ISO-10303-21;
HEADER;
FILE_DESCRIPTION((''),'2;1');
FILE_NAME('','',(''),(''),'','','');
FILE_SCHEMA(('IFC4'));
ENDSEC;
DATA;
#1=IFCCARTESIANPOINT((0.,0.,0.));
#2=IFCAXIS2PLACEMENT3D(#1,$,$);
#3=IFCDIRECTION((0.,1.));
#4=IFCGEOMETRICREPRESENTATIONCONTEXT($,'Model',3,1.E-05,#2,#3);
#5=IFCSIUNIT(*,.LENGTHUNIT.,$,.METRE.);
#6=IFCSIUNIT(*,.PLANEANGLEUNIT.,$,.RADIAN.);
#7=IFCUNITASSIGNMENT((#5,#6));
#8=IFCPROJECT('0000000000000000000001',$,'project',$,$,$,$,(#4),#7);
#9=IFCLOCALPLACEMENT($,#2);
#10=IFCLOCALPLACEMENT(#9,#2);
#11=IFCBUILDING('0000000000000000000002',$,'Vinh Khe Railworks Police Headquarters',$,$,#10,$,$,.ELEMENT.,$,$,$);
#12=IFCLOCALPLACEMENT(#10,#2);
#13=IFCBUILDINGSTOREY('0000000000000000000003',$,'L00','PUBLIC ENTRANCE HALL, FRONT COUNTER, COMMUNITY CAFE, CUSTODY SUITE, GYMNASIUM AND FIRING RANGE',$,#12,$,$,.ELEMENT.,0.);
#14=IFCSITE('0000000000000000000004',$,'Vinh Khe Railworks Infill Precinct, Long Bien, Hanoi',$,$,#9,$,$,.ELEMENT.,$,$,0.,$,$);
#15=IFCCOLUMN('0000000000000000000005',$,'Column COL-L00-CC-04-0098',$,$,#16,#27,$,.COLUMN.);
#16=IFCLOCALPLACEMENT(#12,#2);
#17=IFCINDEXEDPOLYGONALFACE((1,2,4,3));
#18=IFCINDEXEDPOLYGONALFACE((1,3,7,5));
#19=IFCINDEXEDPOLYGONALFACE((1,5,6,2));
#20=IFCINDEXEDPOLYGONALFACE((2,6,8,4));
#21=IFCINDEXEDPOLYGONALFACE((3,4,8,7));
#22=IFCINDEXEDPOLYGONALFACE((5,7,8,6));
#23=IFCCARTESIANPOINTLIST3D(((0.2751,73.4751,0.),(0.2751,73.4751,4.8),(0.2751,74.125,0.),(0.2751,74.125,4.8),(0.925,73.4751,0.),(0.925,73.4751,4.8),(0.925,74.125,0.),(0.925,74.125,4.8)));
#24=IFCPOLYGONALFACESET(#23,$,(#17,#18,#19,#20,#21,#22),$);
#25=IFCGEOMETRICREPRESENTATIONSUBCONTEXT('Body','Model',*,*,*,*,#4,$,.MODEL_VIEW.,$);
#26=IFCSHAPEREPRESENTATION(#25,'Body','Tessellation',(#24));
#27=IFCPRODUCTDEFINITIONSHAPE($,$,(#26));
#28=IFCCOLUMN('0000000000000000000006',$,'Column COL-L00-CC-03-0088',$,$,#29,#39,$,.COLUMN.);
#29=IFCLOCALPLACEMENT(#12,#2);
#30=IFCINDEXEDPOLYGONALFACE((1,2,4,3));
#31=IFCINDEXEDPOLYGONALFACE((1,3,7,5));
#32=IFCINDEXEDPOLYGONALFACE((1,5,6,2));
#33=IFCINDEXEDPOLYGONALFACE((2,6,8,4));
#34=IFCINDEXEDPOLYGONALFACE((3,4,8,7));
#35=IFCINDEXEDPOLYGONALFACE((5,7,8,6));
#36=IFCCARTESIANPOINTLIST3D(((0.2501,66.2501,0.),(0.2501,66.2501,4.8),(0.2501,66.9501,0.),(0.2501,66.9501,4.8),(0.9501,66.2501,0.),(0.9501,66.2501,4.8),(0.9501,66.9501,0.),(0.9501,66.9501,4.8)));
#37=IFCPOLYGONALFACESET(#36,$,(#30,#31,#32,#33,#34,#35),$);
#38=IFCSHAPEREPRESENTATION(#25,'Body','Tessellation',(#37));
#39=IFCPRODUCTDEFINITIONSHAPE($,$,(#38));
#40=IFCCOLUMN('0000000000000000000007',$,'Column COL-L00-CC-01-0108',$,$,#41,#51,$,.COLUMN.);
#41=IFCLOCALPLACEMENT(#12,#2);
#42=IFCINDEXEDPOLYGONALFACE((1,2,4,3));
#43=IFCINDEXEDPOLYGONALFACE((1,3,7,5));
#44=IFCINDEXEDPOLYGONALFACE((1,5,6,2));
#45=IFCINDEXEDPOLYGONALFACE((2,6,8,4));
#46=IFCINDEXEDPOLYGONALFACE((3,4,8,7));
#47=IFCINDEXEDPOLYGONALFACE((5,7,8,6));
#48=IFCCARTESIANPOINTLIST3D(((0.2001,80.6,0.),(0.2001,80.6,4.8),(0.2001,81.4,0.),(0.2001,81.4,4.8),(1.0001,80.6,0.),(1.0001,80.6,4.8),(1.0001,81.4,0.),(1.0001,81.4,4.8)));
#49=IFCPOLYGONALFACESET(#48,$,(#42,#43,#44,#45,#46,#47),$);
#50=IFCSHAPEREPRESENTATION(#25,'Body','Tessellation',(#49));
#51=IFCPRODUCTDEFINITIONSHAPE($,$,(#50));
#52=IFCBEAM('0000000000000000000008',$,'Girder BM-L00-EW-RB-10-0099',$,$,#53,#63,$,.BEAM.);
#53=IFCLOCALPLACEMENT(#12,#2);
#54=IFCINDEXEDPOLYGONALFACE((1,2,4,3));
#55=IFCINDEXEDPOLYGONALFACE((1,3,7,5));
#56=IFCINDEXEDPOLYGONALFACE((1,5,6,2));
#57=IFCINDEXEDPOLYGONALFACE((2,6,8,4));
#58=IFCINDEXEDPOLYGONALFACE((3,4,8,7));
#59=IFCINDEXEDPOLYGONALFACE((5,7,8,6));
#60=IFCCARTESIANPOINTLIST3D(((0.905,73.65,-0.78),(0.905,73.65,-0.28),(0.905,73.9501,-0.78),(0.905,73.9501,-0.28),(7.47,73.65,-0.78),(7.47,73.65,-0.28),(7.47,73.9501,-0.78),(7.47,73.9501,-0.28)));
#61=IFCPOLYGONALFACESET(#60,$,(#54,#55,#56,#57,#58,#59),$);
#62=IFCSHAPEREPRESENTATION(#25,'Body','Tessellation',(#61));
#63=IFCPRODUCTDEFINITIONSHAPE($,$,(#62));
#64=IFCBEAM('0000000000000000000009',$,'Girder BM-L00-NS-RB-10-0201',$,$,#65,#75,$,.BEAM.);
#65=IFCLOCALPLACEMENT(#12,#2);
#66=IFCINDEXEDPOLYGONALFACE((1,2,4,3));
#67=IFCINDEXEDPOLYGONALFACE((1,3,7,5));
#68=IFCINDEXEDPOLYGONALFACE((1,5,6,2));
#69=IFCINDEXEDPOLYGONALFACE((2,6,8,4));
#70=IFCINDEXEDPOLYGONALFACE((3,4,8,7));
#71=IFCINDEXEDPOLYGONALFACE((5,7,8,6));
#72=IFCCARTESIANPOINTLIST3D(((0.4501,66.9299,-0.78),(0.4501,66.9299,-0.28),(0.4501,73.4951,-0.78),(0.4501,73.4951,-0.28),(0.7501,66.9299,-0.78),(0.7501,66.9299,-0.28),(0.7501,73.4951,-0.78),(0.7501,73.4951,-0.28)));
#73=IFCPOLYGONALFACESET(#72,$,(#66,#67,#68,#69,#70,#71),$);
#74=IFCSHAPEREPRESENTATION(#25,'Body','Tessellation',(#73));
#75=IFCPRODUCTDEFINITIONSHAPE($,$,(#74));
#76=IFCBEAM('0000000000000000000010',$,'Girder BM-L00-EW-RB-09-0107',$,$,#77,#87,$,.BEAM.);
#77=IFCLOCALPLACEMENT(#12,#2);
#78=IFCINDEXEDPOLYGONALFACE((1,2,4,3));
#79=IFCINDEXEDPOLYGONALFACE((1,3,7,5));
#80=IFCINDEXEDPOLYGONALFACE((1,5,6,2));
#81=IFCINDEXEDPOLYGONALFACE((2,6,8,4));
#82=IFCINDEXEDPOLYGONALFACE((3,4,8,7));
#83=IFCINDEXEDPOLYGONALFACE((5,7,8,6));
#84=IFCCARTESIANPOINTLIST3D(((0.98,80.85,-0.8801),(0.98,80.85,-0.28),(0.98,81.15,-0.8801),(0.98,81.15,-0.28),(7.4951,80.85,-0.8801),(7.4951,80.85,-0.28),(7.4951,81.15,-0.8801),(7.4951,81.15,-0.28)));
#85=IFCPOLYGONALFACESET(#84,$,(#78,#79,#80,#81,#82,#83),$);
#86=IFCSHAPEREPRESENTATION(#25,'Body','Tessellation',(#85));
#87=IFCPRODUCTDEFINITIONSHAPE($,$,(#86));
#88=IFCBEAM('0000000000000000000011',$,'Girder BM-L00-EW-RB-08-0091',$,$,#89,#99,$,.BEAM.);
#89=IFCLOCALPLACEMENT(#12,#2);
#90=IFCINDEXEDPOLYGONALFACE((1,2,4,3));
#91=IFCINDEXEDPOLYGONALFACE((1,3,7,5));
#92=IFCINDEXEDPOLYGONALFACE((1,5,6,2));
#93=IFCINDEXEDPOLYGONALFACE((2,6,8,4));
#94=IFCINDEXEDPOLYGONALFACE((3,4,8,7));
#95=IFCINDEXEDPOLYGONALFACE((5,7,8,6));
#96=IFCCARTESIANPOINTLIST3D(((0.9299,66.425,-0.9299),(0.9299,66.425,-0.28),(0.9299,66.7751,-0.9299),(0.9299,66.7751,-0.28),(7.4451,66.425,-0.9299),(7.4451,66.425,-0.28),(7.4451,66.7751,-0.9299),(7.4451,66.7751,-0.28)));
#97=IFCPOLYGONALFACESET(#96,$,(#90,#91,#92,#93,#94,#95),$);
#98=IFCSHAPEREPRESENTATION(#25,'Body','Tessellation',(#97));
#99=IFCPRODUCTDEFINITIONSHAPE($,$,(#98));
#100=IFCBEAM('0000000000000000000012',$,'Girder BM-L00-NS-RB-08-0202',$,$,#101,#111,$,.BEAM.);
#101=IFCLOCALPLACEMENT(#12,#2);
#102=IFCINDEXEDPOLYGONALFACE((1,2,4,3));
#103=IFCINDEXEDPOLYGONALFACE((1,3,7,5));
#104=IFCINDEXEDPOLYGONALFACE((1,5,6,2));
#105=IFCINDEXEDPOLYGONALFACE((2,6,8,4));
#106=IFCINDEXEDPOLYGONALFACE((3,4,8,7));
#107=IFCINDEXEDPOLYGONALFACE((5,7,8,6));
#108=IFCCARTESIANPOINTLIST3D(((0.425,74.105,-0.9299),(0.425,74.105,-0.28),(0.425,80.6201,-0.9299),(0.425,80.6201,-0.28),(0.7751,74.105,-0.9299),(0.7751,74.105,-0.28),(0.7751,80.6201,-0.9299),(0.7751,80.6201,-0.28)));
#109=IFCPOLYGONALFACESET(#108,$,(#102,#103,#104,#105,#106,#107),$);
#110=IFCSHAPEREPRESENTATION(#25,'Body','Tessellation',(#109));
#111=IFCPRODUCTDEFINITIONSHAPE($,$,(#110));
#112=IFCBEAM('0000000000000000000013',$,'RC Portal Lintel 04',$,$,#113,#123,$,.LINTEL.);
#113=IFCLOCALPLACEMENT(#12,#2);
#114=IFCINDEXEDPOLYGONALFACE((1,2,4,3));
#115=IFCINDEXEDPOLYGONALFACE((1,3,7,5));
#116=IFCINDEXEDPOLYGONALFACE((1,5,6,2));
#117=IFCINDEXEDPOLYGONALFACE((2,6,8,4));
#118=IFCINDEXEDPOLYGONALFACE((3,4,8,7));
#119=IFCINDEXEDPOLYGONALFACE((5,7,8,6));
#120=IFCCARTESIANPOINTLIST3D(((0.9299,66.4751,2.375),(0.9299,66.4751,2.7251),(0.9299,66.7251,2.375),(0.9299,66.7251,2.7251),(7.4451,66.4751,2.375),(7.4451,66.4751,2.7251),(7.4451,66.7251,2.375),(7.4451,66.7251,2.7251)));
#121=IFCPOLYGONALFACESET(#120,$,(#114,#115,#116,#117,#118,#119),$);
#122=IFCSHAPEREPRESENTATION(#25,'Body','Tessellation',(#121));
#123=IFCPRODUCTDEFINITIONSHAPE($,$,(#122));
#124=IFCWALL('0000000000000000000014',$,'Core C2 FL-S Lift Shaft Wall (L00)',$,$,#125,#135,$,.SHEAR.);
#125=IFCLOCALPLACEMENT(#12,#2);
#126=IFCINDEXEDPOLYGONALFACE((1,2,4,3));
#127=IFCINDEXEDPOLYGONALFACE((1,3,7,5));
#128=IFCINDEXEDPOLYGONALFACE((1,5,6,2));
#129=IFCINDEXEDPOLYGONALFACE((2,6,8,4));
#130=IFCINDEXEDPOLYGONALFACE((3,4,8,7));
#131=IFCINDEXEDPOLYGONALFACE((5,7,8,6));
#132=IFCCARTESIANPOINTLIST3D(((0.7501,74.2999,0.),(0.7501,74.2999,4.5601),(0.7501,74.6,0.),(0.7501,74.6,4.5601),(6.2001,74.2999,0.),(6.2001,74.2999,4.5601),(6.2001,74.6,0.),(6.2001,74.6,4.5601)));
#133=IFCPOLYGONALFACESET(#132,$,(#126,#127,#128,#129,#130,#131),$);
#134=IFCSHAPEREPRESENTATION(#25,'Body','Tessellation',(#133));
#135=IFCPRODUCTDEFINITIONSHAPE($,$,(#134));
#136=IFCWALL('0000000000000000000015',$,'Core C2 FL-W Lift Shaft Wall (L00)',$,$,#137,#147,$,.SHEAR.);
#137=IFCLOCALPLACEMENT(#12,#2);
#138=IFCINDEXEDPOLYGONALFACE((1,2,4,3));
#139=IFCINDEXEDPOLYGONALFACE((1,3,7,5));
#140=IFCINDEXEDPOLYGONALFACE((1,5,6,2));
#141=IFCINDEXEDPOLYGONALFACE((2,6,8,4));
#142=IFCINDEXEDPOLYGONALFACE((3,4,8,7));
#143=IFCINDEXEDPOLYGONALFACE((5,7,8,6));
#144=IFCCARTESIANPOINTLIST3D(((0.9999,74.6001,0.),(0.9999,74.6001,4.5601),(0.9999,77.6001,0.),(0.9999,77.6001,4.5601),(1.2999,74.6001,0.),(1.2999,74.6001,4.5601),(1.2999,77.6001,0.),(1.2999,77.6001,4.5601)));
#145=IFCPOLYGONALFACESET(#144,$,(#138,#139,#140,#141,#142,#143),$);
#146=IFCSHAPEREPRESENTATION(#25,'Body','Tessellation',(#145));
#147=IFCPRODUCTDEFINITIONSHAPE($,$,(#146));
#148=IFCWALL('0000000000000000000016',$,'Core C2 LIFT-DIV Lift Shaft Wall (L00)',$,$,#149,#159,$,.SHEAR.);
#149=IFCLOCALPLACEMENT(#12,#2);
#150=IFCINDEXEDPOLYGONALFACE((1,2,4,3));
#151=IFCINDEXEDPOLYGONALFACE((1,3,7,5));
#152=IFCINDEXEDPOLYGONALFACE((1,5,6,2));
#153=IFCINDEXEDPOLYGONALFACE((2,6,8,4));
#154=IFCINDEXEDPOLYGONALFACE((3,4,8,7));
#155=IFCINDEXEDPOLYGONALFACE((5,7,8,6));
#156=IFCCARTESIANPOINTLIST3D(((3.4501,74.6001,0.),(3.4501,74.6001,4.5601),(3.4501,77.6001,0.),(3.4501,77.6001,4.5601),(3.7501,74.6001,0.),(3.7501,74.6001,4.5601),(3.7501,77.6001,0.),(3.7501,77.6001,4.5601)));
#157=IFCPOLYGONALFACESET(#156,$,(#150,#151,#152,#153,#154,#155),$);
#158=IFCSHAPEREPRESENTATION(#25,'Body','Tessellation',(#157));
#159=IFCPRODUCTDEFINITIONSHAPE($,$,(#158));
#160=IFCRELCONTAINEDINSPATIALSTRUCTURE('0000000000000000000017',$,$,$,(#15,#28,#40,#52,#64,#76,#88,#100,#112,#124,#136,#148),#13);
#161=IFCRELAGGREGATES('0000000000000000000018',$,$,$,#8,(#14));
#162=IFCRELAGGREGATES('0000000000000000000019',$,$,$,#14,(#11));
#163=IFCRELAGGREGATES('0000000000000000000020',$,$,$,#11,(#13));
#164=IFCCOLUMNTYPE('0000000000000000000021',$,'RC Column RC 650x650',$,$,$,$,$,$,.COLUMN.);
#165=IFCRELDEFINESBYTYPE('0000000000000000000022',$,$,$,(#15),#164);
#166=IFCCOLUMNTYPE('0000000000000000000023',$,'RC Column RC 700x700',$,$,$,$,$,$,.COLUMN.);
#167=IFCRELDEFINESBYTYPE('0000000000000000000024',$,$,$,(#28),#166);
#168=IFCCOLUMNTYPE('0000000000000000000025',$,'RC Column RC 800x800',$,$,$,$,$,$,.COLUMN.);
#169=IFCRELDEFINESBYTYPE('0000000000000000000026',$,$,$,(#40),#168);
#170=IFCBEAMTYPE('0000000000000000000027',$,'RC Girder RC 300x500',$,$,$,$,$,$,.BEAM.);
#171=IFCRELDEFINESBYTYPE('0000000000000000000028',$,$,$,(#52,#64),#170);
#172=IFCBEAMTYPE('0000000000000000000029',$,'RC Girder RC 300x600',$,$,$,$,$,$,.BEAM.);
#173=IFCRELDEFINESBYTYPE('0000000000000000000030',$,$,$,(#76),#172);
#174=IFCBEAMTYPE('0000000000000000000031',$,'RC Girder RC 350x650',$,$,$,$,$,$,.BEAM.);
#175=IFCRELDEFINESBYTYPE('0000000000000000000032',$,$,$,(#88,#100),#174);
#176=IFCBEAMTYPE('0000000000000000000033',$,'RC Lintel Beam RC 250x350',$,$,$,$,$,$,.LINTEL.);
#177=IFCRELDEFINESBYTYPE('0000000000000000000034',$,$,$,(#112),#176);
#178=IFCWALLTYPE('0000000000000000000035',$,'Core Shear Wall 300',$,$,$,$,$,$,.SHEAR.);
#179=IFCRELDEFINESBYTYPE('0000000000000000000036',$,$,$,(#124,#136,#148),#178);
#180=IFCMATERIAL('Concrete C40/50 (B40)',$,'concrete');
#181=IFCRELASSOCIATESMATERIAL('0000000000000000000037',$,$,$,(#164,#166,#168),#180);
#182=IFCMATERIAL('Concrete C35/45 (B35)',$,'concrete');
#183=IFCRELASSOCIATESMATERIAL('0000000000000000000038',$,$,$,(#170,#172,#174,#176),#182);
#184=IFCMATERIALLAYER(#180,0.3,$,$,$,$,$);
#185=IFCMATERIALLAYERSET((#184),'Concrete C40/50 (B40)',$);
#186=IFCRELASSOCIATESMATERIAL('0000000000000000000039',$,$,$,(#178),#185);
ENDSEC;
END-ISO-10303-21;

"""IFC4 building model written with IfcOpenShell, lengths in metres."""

from ifc_helpers import new_model, si_unit, direction, frame, frame_2d, origin, origin_2d, place, context, subcontext, project, spatial, rectangle, extrude, material, layer, layer_set, material_profile, profile_set, type_object, element, save


model = new_model("IFC4")

# Units and contexts
model_context = context("Model", 3, precision=1e-05, world=origin(), true_north=direction((0.0, 1.0)))
body_context = subcontext(model_context, "Body", "Model", "MODEL_VIEW")
ifc_project = project(units=[si_unit("LENGTHUNIT", "METRE"), si_unit("PLANEANGLEUNIT", "RADIAN")], contexts=[model_context])

# Site, building, storey
site_placement = place(None, origin())
site = spatial("IfcSite", under=ifc_project, at=site_placement, Name="Vinh Khe Railworks Infill Precinct, Long Bien, Hanoi", CompositionType="ELEMENT", RefElevation=0.0)
building_placement = place(site_placement, origin())
building = spatial("IfcBuilding", under=site, at=building_placement, Name="Vinh Khe Railworks Police Headquarters", CompositionType="ELEMENT")
storey_placement = place(building_placement, origin())
storey = spatial("IfcBuildingStorey", under=building, at=storey_placement, Name="L00", Description="PUBLIC ENTRANCE HALL, FRONT COUNTER, COMMUNITY CAFE, CUSTODY SUITE, GYMNASIUM AND FIRING RANGE", CompositionType="ELEMENT", Elevation=0.0)

# Columns
ifc_material_1 = material(Name="Concrete C40/50 (B40)", Category="concrete")
ifc_material_profile_1 = material_profile(ifc_material_1, rectangle(XDim=0.6499, YDim=0.6499, at=origin_2d()), Name="RC 650x650")
ifc_profile_set_1 = profile_set([ifc_material_profile_1], Name="Concrete C40/50 (B40)")
column_type_1 = type_object("IfcColumnType", Name="RC Column RC 650x650", PredefinedType="COLUMN", material=ifc_profile_set_1)
column_1_placement = place(storey_placement, frame((0.6001, 73.8, 0.0), z_axis=(0.0, 0.0, 1.0), x_axis=(1.0, 0.0, 0.0)))
element("IfcColumn", 1, at=column_1_placement, inside=storey, type_object=column_type_1, Name="Column COL-L00-CC-04-0098", PredefinedType="COLUMN", context=body_context, shape_type="SweptSolid", body=[
    extrude(rectangle(XDim=0.6499, YDim=0.6499, at=origin_2d()), origin(), (0.0, 0.0, 1.0), 4.8),
])
ifc_material_profile_2 = material_profile(ifc_material_1, rectangle(XDim=0.7, YDim=0.7, at=origin_2d()), Name="RC 700x700")
ifc_profile_set_2 = profile_set([ifc_material_profile_2], Name="Concrete C40/50 (B40)")
column_type_2 = type_object("IfcColumnType", Name="RC Column RC 700x700", PredefinedType="COLUMN", material=ifc_profile_set_2)
column_2_placement = place(storey_placement, frame((0.6001, 66.6001, 0.0), z_axis=(0.0, 0.0, 1.0), x_axis=(1.0, 0.0, 0.0)))
element("IfcColumn", 2, at=column_2_placement, inside=storey, type_object=column_type_2, Name="Column COL-L00-CC-03-0088", PredefinedType="COLUMN", context=body_context, shape_type="SweptSolid", body=[
    extrude(rectangle(XDim=0.7, YDim=0.7, at=origin_2d()), origin(), (0.0, 0.0, 1.0), 4.8),
])
ifc_material_profile_3 = material_profile(ifc_material_1, rectangle(XDim=0.8, YDim=0.8, at=origin_2d()), Name="RC 800x800")
ifc_profile_set_3 = profile_set([ifc_material_profile_3], Name="Concrete C40/50 (B40)")
column_type_3 = type_object("IfcColumnType", Name="RC Column RC 800x800", PredefinedType="COLUMN", material=ifc_profile_set_3)
column_3_placement = place(storey_placement, frame((0.6001, 81.0, 0.0), z_axis=(0.0, 0.0, 1.0), x_axis=(1.0, 0.0, 0.0)))
element("IfcColumn", 3, at=column_3_placement, inside=storey, type_object=column_type_3, Name="Column COL-L00-CC-01-0108", PredefinedType="COLUMN", context=body_context, shape_type="SweptSolid", body=[
    extrude(rectangle(XDim=0.8, YDim=0.8, at=origin_2d()), origin(), (0.0, 0.0, 1.0), 4.8),
])

# Beams
ifc_material_2 = material(Name="Concrete C35/45 (B35)", Category="concrete")
ifc_material_profile_4 = material_profile(ifc_material_2, rectangle(XDim=0.3, YDim=0.5, at=origin_2d()), Name="RC 300x500")
ifc_profile_set_4 = profile_set([ifc_material_profile_4], Name="Concrete C35/45 (B35)")
beam_type_1 = type_object("IfcBeamType", Name="RC Girder RC 300x500", PredefinedType="BEAM", material=ifc_profile_set_4)
beam_1_placement = place(storey_placement, frame((0.905, 73.8, -0.53), z_axis=(1.0, 0.0, 0.0), x_axis=(0.0, 1.0, 0.0)))
element("IfcBeam", 4, at=beam_1_placement, inside=storey, type_object=beam_type_1, Name="Girder BM-L00-EW-RB-10-0099", PredefinedType="BEAM", context=body_context, shape_type="SweptSolid", body=[
    extrude(rectangle(XDim=0.3, YDim=0.5, at=origin_2d()), origin(), (0.0, 0.0, 1.0), 6.5649),
])
beam_2_placement = place(storey_placement, frame((0.6001, 66.9299, -0.53), z_axis=(0.0, 1.0, 0.0), x_axis=(-1.0, 0.0, 0.0)))
element("IfcBeam", 5, at=beam_2_placement, inside=storey, type_object=beam_type_1, Name="Girder BM-L00-NS-RB-10-0201", PredefinedType="BEAM", context=body_context, shape_type="SweptSolid", body=[
    extrude(rectangle(XDim=0.3, YDim=0.5, at=origin_2d()), origin(), (0.0, 0.0, 1.0), 6.5652),
])
ifc_material_profile_5 = material_profile(ifc_material_2, rectangle(XDim=0.3, YDim=0.6001, at=origin_2d()), Name="RC 300x600")
ifc_profile_set_5 = profile_set([ifc_material_profile_5], Name="Concrete C35/45 (B35)")
beam_type_2 = type_object("IfcBeamType", Name="RC Girder RC 300x600", PredefinedType="BEAM", material=ifc_profile_set_5)
beam_3_placement = place(storey_placement, frame((0.98, 81.0, -0.5801), z_axis=(1.0, 0.0, 0.0), x_axis=(0.0, 1.0, 0.0)))
element("IfcBeam", 6, at=beam_3_placement, inside=storey, type_object=beam_type_2, Name="Girder BM-L00-EW-RB-09-0107", PredefinedType="BEAM", context=body_context, shape_type="SweptSolid", body=[
    extrude(rectangle(XDim=0.3, YDim=0.6001, at=origin_2d()), origin(), (0.0, 0.0, 1.0), 6.5151),
])
ifc_material_profile_6 = material_profile(ifc_material_2, rectangle(XDim=0.3501, YDim=0.6499, at=origin_2d()), Name="RC 350x650")
ifc_profile_set_6 = profile_set([ifc_material_profile_6], Name="Concrete C35/45 (B35)")
beam_type_3 = type_object("IfcBeamType", Name="RC Girder RC 350x650", PredefinedType="BEAM", material=ifc_profile_set_6)
for number, where, z_axis, x_axis, name in (
    (7, (0.9299, 66.6001, -0.605), (1.0, 0.0, 0.0), (0.0, 1.0, 0.0), "Girder BM-L00-EW-RB-08-0091"),
    (8, (0.6001, 74.105, -0.605), (0.0, 1.0, 0.0), (-1.0, 0.0, 0.0), "Girder BM-L00-NS-RB-08-0202"),
):
    element("IfcBeam", number, at=place(storey_placement, frame(where, z_axis=z_axis, x_axis=x_axis)), inside=storey, type_object=beam_type_3, Name=name, PredefinedType="BEAM", context=body_context, shape_type="SweptSolid", body=[
        extrude(rectangle(XDim=0.3501, YDim=0.6499, at=origin_2d()), origin(), (0.0, 0.0, 1.0), 6.5151),
    ])
ifc_material_profile_7 = material_profile(ifc_material_2, rectangle(XDim=0.25, YDim=0.3501, at=origin_2d()), Name="RC 250x350")
ifc_profile_set_7 = profile_set([ifc_material_profile_7], Name="Concrete C35/45 (B35)")
beam_type_4 = type_object("IfcBeamType", Name="RC Lintel Beam RC 250x350", PredefinedType="LINTEL", material=ifc_profile_set_7)
beam_4_placement = place(storey_placement, frame((0.9299, 66.6001, 2.55), z_axis=(1.0, 0.0, 0.0), x_axis=(0.0, 1.0, 0.0)))
element("IfcBeam", 9, at=beam_4_placement, inside=storey, type_object=beam_type_4, Name="RC Portal Lintel 04", PredefinedType="LINTEL", context=body_context, shape_type="SweptSolid", body=[
    extrude(rectangle(XDim=0.25, YDim=0.3501, at=origin_2d()), origin(), (0.0, 0.0, 1.0), 6.5151),
])

# Wall
ifc_layer_1 = layer(ifc_material_1, 0.3)
ifc_layer_set_1 = layer_set([ifc_layer_1], Name="Concrete C40/50 (B40)")
wall_type_1 = type_object("IfcWallType", Name="Core Shear Wall 300", PredefinedType="SHEAR", material=ifc_layer_set_1)
wall_1_placement = place(storey_placement, frame((0.75, 74.45, 0.0), z_axis=(0.0, 0.0, 1.0), x_axis=(1.0, 0.0, 0.0)))
element("IfcWall", 10, at=wall_1_placement, inside=storey, type_object=wall_type_1, Name="Core C2 FL-S Lift Shaft Wall (L00)", PredefinedType="SHEAR", context=body_context, shape_type="SweptSolid", body=[
    extrude(rectangle(XDim=5.45, YDim=0.3, at=frame_2d((2.7251, 0.0))), origin(), (0.0, 0.0, 1.0), 4.5601),
])

# Walls
for number, where, z_axis, x_axis, name in (
    (11, (1.1499, 74.6001, 0.0), (0.0, 0.0, 1.0), (0.0, 1.0, 0.0), "Core C2 FL-W Lift Shaft Wall (L00)"),
    (12, (3.6001, 74.6001, 0.0), (0.0, 0.0, 1.0), (0.0, 1.0, 0.0), "Core C2 LIFT-DIV Lift Shaft Wall (L00)"),
):
    element("IfcWall", number, at=place(storey_placement, frame(where, z_axis=z_axis, x_axis=x_axis)), inside=storey, type_object=wall_type_1, Name=name, PredefinedType="SHEAR", context=body_context, shape_type="SweptSolid", body=[
        extrude(rectangle(XDim=3.0, YDim=0.3, at=frame_2d((1.5, 0.0))), origin(), (0.0, 0.0, 1.0), 4.5601),
    ])

save(model, "model.ifc")
